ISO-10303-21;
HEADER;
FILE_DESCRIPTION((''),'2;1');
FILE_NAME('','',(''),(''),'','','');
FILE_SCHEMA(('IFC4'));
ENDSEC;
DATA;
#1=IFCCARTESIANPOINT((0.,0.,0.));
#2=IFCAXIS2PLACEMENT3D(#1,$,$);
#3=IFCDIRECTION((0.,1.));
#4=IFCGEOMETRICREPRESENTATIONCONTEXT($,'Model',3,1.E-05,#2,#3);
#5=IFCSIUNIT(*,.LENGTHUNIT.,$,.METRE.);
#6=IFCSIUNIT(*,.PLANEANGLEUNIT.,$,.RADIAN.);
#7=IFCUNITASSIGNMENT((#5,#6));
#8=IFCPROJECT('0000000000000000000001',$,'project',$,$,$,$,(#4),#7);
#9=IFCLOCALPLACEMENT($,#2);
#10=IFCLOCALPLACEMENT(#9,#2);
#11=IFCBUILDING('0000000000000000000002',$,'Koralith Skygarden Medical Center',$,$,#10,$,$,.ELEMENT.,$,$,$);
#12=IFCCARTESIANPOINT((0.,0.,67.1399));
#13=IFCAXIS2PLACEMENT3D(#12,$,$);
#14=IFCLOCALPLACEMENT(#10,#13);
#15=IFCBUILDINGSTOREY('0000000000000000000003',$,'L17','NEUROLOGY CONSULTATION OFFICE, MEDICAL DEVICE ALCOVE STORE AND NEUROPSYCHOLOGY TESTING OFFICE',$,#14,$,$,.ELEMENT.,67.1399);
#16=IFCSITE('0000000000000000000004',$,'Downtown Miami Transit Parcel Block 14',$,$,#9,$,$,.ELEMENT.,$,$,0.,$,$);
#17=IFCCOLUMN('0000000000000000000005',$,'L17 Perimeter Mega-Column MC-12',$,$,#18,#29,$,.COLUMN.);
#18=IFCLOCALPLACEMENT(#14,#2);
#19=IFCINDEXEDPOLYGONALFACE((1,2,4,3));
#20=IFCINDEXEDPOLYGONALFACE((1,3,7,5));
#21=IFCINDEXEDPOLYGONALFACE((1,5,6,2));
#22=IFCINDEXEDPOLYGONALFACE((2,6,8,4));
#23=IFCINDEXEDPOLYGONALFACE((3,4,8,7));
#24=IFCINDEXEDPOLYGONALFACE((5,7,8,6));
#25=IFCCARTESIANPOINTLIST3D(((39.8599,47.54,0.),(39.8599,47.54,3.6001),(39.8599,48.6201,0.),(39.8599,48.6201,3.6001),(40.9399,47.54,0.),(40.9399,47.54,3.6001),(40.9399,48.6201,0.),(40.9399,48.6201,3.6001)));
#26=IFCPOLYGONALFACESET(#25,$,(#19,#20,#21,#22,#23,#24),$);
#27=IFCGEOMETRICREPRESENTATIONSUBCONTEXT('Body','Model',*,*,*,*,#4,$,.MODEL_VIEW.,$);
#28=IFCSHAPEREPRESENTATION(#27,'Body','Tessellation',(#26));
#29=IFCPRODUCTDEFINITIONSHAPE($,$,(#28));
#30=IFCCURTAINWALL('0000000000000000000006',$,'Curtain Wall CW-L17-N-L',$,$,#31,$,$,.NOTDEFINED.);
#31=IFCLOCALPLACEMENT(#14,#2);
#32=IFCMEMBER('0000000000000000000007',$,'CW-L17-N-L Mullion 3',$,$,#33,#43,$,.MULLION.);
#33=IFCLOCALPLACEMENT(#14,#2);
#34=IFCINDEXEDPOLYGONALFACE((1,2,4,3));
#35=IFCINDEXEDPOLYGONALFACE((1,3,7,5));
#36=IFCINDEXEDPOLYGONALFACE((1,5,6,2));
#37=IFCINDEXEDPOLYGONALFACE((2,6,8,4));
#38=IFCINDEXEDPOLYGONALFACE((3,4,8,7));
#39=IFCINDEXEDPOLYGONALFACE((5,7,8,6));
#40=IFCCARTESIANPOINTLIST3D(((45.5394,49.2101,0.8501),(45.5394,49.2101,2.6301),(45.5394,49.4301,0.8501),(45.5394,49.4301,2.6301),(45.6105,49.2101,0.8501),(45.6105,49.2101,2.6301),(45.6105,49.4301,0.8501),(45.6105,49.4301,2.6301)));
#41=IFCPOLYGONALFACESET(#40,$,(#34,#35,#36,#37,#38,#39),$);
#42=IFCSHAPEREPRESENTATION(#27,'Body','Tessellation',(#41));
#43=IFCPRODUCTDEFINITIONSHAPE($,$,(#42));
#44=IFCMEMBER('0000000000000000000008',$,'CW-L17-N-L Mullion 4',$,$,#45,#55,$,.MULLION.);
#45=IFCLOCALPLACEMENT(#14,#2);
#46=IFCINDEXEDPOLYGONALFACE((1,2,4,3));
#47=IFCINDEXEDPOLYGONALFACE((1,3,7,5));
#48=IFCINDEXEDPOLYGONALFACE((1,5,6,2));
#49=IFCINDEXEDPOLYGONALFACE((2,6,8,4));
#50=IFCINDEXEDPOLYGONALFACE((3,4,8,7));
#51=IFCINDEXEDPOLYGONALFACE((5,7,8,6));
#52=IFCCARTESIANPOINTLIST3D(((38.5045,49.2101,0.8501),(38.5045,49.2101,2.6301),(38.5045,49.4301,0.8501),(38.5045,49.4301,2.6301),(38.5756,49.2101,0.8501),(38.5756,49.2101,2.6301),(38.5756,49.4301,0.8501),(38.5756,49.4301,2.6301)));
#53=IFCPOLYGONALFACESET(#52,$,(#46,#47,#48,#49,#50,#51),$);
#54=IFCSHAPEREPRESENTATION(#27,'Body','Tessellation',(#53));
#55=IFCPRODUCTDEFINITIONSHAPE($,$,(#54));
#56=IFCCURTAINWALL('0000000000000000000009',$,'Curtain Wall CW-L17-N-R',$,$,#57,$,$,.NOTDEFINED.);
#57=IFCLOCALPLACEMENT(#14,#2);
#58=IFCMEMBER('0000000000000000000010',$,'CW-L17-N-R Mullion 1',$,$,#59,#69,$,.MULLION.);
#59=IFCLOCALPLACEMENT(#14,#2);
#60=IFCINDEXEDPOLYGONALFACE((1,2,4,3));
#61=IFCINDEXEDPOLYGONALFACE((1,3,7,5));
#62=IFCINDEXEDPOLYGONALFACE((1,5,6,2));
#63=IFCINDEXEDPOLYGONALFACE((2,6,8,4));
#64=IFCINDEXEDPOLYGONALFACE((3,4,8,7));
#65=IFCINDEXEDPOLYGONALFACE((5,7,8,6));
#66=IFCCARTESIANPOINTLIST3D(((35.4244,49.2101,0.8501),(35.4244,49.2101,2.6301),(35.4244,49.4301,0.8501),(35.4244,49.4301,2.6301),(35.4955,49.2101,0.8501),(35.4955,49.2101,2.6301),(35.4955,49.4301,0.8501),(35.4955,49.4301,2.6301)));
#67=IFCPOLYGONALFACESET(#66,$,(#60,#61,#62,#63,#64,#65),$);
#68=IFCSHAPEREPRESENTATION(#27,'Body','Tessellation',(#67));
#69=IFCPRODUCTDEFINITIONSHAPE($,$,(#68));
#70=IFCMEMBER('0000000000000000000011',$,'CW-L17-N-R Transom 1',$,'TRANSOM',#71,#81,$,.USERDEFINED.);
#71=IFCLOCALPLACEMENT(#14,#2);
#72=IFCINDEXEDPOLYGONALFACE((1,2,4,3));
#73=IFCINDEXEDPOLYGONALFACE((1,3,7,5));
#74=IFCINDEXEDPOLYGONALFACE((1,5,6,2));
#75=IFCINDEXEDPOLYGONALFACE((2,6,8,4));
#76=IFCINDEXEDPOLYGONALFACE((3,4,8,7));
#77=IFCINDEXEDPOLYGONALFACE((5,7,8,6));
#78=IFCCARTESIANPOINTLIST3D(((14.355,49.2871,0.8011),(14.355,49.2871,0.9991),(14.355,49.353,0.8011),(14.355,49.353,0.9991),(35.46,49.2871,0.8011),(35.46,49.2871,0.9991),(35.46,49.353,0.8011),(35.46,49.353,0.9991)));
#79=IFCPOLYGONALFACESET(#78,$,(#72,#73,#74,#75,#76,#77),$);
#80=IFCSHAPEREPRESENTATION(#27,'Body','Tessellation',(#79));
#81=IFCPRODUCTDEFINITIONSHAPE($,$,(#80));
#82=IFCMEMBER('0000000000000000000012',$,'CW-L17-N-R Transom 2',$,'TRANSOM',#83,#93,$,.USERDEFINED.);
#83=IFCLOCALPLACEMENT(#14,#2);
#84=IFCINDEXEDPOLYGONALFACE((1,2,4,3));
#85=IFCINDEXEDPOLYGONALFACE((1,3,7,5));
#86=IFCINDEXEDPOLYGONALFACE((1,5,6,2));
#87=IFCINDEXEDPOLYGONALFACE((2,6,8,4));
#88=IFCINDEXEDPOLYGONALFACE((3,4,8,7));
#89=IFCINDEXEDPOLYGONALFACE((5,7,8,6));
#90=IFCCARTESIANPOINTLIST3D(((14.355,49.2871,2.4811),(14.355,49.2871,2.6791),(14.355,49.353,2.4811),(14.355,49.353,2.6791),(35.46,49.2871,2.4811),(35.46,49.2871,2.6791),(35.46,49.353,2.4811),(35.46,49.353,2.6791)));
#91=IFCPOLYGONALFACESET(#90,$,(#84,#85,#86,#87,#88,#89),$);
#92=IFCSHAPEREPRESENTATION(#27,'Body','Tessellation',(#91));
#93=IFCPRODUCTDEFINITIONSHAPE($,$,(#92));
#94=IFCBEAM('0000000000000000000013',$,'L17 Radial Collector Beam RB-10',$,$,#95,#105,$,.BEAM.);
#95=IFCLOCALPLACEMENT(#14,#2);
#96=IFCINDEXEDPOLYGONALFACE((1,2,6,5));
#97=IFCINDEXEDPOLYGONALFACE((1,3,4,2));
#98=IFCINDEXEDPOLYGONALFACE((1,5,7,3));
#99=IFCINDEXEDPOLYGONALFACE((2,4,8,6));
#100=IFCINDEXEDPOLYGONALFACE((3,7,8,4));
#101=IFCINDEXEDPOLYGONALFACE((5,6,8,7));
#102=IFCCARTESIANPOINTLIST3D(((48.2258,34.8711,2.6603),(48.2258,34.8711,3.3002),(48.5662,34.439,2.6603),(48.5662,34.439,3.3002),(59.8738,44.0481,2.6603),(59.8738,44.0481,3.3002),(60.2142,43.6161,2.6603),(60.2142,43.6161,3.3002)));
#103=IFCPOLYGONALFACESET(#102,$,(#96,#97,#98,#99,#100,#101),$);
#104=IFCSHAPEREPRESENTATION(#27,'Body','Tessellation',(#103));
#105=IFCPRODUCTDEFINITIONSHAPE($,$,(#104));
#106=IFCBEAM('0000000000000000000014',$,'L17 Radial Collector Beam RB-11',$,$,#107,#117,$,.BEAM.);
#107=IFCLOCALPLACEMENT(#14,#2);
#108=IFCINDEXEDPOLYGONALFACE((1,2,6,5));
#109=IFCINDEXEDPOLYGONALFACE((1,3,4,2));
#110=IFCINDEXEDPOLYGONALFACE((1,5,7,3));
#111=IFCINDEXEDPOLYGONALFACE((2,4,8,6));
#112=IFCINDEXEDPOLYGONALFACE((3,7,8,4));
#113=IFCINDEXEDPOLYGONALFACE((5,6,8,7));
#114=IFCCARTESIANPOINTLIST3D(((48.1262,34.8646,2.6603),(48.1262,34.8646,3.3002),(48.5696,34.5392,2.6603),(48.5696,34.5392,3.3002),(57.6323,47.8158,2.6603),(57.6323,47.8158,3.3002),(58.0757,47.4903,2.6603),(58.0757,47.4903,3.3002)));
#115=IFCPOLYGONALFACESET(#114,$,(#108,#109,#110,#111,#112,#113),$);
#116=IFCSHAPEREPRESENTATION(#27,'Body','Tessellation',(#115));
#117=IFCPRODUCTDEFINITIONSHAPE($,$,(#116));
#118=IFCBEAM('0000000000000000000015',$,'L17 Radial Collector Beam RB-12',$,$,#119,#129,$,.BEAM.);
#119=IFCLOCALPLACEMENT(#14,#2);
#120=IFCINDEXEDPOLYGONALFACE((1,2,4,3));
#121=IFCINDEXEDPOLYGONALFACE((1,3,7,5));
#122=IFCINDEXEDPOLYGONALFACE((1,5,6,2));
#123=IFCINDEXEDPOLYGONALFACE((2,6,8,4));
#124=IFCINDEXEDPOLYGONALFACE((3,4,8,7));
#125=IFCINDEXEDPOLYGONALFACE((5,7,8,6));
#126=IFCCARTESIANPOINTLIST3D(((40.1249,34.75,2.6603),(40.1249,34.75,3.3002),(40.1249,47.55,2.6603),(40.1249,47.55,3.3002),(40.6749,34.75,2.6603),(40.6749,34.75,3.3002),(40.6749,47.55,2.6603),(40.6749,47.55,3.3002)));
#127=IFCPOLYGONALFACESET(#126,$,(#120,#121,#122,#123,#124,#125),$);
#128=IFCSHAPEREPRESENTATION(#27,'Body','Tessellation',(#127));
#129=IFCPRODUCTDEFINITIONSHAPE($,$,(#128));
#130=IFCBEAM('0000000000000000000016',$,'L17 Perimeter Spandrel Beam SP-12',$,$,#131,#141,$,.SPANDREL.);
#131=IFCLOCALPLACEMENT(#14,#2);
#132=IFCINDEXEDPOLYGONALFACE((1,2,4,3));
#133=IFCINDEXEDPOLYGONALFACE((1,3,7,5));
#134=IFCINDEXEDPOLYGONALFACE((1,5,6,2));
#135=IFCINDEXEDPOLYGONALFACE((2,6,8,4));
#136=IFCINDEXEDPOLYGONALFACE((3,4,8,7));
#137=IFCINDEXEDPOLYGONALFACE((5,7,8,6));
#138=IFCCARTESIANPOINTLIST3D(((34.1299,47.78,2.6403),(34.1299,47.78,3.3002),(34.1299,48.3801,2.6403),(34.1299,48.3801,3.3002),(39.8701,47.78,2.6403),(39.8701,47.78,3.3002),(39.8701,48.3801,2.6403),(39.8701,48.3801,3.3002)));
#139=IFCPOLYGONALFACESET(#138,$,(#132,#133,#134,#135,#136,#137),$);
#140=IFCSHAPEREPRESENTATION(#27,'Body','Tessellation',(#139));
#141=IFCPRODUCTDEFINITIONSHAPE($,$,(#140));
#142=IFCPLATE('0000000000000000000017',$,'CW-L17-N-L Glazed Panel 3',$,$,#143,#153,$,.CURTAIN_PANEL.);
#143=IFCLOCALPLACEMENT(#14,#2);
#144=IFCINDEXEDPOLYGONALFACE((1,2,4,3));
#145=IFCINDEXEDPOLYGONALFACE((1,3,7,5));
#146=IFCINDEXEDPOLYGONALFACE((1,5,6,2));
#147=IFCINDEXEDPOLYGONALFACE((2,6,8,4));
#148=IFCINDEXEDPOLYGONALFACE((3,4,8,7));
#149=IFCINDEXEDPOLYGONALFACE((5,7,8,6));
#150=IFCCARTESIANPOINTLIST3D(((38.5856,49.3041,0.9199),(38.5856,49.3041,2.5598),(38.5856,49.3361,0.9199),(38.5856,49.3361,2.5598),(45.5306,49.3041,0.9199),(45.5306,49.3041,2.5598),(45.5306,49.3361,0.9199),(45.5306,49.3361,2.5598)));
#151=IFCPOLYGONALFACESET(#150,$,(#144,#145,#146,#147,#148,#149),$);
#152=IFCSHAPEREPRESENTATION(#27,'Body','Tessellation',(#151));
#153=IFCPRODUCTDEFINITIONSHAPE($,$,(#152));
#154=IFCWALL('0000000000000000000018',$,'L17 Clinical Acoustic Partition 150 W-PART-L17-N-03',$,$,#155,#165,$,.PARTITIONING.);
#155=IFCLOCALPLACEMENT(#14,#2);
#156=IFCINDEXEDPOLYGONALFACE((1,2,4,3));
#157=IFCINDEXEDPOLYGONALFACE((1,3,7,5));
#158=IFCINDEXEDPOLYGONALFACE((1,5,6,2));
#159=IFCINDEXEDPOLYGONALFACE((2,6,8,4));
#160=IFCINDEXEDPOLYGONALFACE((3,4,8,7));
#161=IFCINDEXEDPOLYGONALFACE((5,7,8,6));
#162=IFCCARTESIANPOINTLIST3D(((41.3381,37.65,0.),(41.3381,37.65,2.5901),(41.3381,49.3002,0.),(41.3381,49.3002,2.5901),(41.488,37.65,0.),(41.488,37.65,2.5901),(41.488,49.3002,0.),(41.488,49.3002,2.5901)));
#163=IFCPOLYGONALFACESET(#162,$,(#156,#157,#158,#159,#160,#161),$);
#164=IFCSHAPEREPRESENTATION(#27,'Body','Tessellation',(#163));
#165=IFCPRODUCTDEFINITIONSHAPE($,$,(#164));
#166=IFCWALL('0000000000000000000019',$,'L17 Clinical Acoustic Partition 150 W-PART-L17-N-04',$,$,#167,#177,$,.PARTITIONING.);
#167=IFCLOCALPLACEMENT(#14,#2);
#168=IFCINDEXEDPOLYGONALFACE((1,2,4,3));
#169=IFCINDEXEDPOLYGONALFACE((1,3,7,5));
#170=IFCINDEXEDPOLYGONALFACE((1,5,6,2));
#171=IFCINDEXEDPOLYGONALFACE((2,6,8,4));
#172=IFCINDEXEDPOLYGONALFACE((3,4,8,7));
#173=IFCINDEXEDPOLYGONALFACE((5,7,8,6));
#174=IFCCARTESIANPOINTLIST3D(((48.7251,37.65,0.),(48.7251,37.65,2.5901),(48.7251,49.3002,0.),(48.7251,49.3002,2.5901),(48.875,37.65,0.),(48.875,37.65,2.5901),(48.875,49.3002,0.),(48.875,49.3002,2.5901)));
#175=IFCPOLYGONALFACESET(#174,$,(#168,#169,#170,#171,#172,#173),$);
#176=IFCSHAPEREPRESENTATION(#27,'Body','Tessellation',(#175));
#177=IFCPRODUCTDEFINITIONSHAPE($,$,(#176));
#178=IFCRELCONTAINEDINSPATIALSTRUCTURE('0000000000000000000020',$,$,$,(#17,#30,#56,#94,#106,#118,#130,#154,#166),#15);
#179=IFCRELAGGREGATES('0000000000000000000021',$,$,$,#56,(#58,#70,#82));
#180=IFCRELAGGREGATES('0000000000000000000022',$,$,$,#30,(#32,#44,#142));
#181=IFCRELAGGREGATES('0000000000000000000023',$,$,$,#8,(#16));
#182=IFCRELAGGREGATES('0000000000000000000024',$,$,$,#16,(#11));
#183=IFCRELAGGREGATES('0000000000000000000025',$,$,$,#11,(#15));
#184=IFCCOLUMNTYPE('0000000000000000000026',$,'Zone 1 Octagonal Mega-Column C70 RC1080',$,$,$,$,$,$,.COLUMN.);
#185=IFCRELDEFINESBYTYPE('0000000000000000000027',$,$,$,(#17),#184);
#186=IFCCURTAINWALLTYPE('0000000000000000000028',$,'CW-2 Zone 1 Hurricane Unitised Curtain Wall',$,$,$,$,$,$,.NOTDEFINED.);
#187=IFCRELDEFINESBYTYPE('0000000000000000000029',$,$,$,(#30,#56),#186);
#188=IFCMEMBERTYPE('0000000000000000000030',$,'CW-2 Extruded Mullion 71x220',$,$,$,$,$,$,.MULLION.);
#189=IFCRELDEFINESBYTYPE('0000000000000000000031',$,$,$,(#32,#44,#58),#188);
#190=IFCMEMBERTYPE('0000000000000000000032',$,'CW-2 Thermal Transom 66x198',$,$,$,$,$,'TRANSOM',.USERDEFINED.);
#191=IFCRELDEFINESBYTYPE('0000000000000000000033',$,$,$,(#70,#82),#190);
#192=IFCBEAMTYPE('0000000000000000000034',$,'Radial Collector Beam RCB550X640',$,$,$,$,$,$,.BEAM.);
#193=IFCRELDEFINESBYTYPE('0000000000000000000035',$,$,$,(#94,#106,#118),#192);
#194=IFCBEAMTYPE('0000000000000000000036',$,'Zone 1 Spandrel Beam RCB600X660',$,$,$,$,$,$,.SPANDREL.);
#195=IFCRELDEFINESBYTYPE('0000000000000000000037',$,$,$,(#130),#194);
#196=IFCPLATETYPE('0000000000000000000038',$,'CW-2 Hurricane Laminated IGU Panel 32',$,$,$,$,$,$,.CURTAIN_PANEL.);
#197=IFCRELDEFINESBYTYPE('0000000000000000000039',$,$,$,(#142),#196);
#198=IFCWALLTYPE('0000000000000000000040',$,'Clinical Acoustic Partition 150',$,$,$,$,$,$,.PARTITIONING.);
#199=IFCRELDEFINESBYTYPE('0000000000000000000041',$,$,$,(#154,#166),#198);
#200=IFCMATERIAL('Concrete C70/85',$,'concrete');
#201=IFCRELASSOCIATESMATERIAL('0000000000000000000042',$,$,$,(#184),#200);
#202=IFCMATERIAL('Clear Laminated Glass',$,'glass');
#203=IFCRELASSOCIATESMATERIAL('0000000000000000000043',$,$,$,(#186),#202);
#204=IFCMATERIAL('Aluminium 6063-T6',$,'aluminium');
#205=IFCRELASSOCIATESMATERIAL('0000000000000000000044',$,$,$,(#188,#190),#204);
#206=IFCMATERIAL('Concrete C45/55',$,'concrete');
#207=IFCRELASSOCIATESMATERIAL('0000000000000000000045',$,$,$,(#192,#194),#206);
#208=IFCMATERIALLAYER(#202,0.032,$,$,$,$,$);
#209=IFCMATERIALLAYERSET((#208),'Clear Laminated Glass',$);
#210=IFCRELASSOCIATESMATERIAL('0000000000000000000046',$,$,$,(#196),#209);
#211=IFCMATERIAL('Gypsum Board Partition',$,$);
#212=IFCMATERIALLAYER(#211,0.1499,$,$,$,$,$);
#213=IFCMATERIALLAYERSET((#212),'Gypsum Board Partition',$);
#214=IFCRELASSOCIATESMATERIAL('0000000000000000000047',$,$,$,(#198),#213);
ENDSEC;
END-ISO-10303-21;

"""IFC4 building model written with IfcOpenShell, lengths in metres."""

from ifc_helpers import new_model, si_unit, direction, frame, frame_2d, origin, origin_2d, place, context, subcontext, project, spatial, rectangle, extrude, material, layer, layer_set, material_profile, profile_set, type_object, element, aggregate, save


model = new_model("IFC4")

# Units and contexts
model_context = context("Model", 3, precision=1e-05, world=origin(), true_north=direction((0.0, 1.0)))
body_context = subcontext(model_context, "Body", "Model", "MODEL_VIEW")
ifc_project = project(units=[si_unit("LENGTHUNIT", "METRE"), si_unit("PLANEANGLEUNIT", "RADIAN")], contexts=[model_context])

# Site, building, storey
site_placement = place(None, origin())
site = spatial("IfcSite", under=ifc_project, at=site_placement, Name="Downtown Miami Transit Parcel Block 14", CompositionType="ELEMENT", RefElevation=0.0)
building_placement = place(site_placement, origin())
building = spatial("IfcBuilding", under=site, at=building_placement, Name="Koralith Skygarden Medical Center", CompositionType="ELEMENT")
storey_placement = place(building_placement, frame((0.0, 0.0, 67.1399)))
storey = spatial("IfcBuildingStorey", under=building, at=storey_placement, Name="L17", Description="NEUROLOGY CONSULTATION OFFICE, MEDICAL DEVICE ALCOVE STORE AND NEUROPSYCHOLOGY TESTING OFFICE", CompositionType="ELEMENT", Elevation=67.1399)

# Column
ifc_material_1 = material(Name="Concrete C70/85", Category="concrete")
ifc_material_profile_1 = material_profile(ifc_material_1, rectangle(XDim=1.0801, YDim=1.0801, at=origin_2d()), Name="RC1080X1080")
ifc_profile_set_1 = profile_set([ifc_material_profile_1], Name="Concrete C70/85")
column_type = type_object("IfcColumnType", Name="Zone 1 Octagonal Mega-Column C70 RC1080", PredefinedType="COLUMN", material=ifc_profile_set_1)
column_placement = place(storey_placement, frame((40.3999, 48.0801, 0.0), z_axis=(0.0, 0.0, 1.0), x_axis=(1.0, 0.0, 0.0)))
element("IfcColumn", 1, at=column_placement, inside=storey, type_object=column_type, Name="L17 Perimeter Mega-Column MC-12", PredefinedType="COLUMN", context=body_context, shape_type="SweptSolid", body=[
    extrude(rectangle(XDim=1.0801, YDim=1.0801, at=origin_2d()), origin(), (0.0, 0.0, 1.0), 3.6001),
])

# Curtain walls, members
ifc_material_2 = material(Name="Clear Laminated Glass", Category="glass")
curtain_wall_type = type_object("IfcCurtainWallType", Name="CW-2 Zone 1 Hurricane Unitised Curtain Wall", PredefinedType="NOTDEFINED", material=ifc_material_2)
curtain_wall_1_placement = place(storey_placement, origin())
curtain_wall_1 = element("IfcCurtainWall", 2, at=curtain_wall_1_placement, inside=storey, type_object=curtain_wall_type, Name="Curtain Wall CW-L17-N-L", PredefinedType="NOTDEFINED")
ifc_material_3 = material(Name="Aluminium 6063-T6", Category="aluminium")
ifc_material_profile_2 = material_profile(ifc_material_3, rectangle(XDim=0.071, YDim=0.22, at=origin_2d()), Name="MUL71X220")
ifc_profile_set_2 = profile_set([ifc_material_profile_2], Name="Aluminium 6063-T6")
member_type_1 = type_object("IfcMemberType", Name="CW-2 Extruded Mullion 71x220", PredefinedType="MULLION", material=ifc_profile_set_2)
member_1_placement = place(storey_placement, frame((45.575, 49.3201, 0.8501), z_axis=(0.0, 0.0, 1.0), x_axis=(1.0, 0.0, 0.0)))
member_1 = element("IfcMember", 3, at=member_1_placement, type_object=member_type_1, Name="CW-L17-N-L Mullion 3", PredefinedType="MULLION", context=body_context, shape_type="SweptSolid", body=[
    extrude(rectangle(XDim=0.071, YDim=0.22, at=origin_2d()), origin(), (0.0, 0.0, 1.0), 1.78),
])
member_2_placement = place(storey_placement, frame((38.54, 49.3201, 0.8501), z_axis=(0.0, 0.0, 1.0), x_axis=(1.0, 0.0, 0.0)))
member_2 = element("IfcMember", 4, at=member_2_placement, type_object=member_type_1, Name="CW-L17-N-L Mullion 4", PredefinedType="MULLION", context=body_context, shape_type="SweptSolid", body=[
    extrude(rectangle(XDim=0.071, YDim=0.22, at=origin_2d()), origin(), (0.0, 0.0, 1.0), 1.78),
])
curtain_wall_2_placement = place(storey_placement, origin())
curtain_wall_2 = element("IfcCurtainWall", 5, at=curtain_wall_2_placement, inside=storey, type_object=curtain_wall_type, Name="Curtain Wall CW-L17-N-R", PredefinedType="NOTDEFINED")
member_3_placement = place(storey_placement, frame((35.46, 49.3201, 0.8501), z_axis=(0.0, 0.0, 1.0), x_axis=(1.0, 0.0, 0.0)))
member_3 = element("IfcMember", 6, at=member_3_placement, type_object=member_type_1, Name="CW-L17-N-R Mullion 1", PredefinedType="MULLION", context=body_context, shape_type="SweptSolid", body=[
    extrude(rectangle(XDim=0.071, YDim=0.22, at=origin_2d()), origin(), (0.0, 0.0, 1.0), 1.78),
])
ifc_material_profile_3 = material_profile(ifc_material_3, rectangle(XDim=0.0659, YDim=0.198, at=origin_2d()), Name="TRN66X198")
ifc_profile_set_3 = profile_set([ifc_material_profile_3], Name="Aluminium 6063-T6")
member_type_2 = type_object("IfcMemberType", Name="CW-2 Thermal Transom 66x198", ElementType="TRANSOM", PredefinedType="USERDEFINED", material=ifc_profile_set_3)
member_4_placement = place(storey_placement, frame((35.46, 49.3201, 0.9001), z_axis=(-1.0, 0.0, 0.0), x_axis=(0.0, -1.0, 0.0)))
member_4 = element("IfcMember", 7, at=member_4_placement, type_object=member_type_2, Name="CW-L17-N-R Transom 1", ObjectType="TRANSOM", PredefinedType="USERDEFINED", context=body_context, shape_type="SweptSolid", body=[
    extrude(rectangle(XDim=0.0659, YDim=0.198, at=origin_2d()), origin(), (0.0, 0.0, 1.0), 21.105),
])
member_5_placement = place(storey_placement, frame((35.46, 49.3201, 2.5801), z_axis=(-1.0, 0.0, 0.0), x_axis=(0.0, -1.0, 0.0)))
member_5 = element("IfcMember", 8, at=member_5_placement, type_object=member_type_2, Name="CW-L17-N-R Transom 2", ObjectType="TRANSOM", PredefinedType="USERDEFINED", context=body_context, shape_type="SweptSolid", body=[
    extrude(rectangle(XDim=0.0659, YDim=0.198, at=origin_2d()), origin(), (0.0, 0.0, 1.0), 21.105),
])
aggregate(curtain_wall_2, [member_3, member_4, member_5])

# Beams
ifc_material_4 = material(Name="Concrete C45/55", Category="concrete")
ifc_material_profile_4 = material_profile(ifc_material_4, rectangle(XDim=0.55, YDim=0.6399, at=origin_2d()), Name="RCB550X640")
ifc_profile_set_4 = profile_set([ifc_material_profile_4], Name="Concrete C45/55")
beam_type_1 = type_object("IfcBeamType", Name="Radial Collector Beam RCB550X640", PredefinedType="BEAM", material=ifc_profile_set_4)
beam_1_placement = place(storey_placement, frame((48.396, 34.655, 2.9802), z_axis=(0.785497, 0.618865, 0.0), x_axis=(-0.618865, 0.785497, 0.0)))
element("IfcBeam", 9, at=beam_1_placement, inside=storey, type_object=beam_type_1, Name="L17 Radial Collector Beam RB-10", PredefinedType="BEAM", context=body_context, shape_type="SweptSolid", body=[
    extrude(rectangle(XDim=0.55, YDim=0.6399, at=origin_2d()), origin(), (0.0, 0.0, 1.0), 14.8289),
])
beam_2_placement = place(storey_placement, frame((48.3479, 34.7019, 2.9802), z_axis=(0.591711, 0.80615, 0.0), x_axis=(-0.80615, 0.591711, 0.0)))
element("IfcBeam", 10, at=beam_2_placement, inside=storey, type_object=beam_type_1, Name="L17 Radial Collector Beam RB-11", PredefinedType="BEAM", context=body_context, shape_type="SweptSolid", body=[
    extrude(rectangle(XDim=0.55, YDim=0.6399, at=origin_2d()), origin(), (0.0, 0.0, 1.0), 16.0654),
])
beam_3_placement = place(storey_placement, frame((40.3999, 34.75, 2.9802), z_axis=(0.0, 1.0, 0.0), x_axis=(-1.0, 0.0, 0.0)))
element("IfcBeam", 11, at=beam_3_placement, inside=storey, type_object=beam_type_1, Name="L17 Radial Collector Beam RB-12", PredefinedType="BEAM", context=body_context, shape_type="SweptSolid", body=[
    extrude(rectangle(XDim=0.55, YDim=0.6399, at=origin_2d()), origin(), (0.0, 0.0, 1.0), 12.8),
])
ifc_material_profile_5 = material_profile(ifc_material_4, rectangle(XDim=0.6001, YDim=0.6599, at=origin_2d()), Name="RCB600X660")
ifc_profile_set_5 = profile_set([ifc_material_profile_5], Name="Concrete C45/55")
beam_type_2 = type_object("IfcBeamType", Name="Zone 1 Spandrel Beam RCB600X660", PredefinedType="SPANDREL", material=ifc_profile_set_5)
beam_4_placement = place(storey_placement, frame((39.8701, 48.0801, 2.9702), z_axis=(-1.0, 0.0, 0.0), x_axis=(0.0, -1.0, 0.0)))
element("IfcBeam", 12, at=beam_4_placement, inside=storey, type_object=beam_type_2, Name="L17 Perimeter Spandrel Beam SP-12", PredefinedType="SPANDREL", context=body_context, shape_type="SweptSolid", body=[
    extrude(rectangle(XDim=0.6001, YDim=0.6599, at=origin_2d()), origin(), (0.0, 0.0, 1.0), 5.7402),
])

# Plate
ifc_layer_1 = layer(ifc_material_2, 0.032)
ifc_layer_set_1 = layer_set([ifc_layer_1], Name="Clear Laminated Glass")
plate_type = type_object("IfcPlateType", Name="CW-2 Hurricane Laminated IGU Panel 32", PredefinedType="CURTAIN_PANEL", material=ifc_layer_set_1)
plate_placement = place(storey_placement, frame((42.0581, 49.3201, 0.9199), z_axis=(0.0, 0.0, 1.0), x_axis=(-1.0, 0.0, 0.0)))
plate = element("IfcPlate", 13, at=plate_placement, type_object=plate_type, Name="CW-L17-N-L Glazed Panel 3", PredefinedType="CURTAIN_PANEL", context=body_context, shape_type="SweptSolid", body=[
    extrude(rectangle(XDim=6.9451, YDim=0.032, at=origin_2d()), origin(), (0.0, 0.0, 1.0), 1.6399),
])
aggregate(curtain_wall_1, [member_1, member_2, plate])

# Walls
ifc_material_5 = material(Name="Gypsum Board Partition")
ifc_layer_2 = layer(ifc_material_5, 0.1499)
ifc_layer_set_2 = layer_set([ifc_layer_2], Name="Gypsum Board Partition")
wall_type_1 = type_object("IfcWallType", Name="Clinical Acoustic Partition 150", PredefinedType="PARTITIONING", material=ifc_layer_set_2)
for number, where, z_axis, x_axis, name in (
    (14, (41.4131, 37.6499, 0.0), (0.0, 0.0, 1.0), (0.0, 1.0, 0.0), "L17 Clinical Acoustic Partition 150 W-PART-L17-N-03"),
    (15, (48.8, 37.6499, 0.0), (0.0, 0.0, 1.0), (0.0, 1.0, 0.0), "L17 Clinical Acoustic Partition 150 W-PART-L17-N-04"),
):
    element("IfcWall", number, at=place(storey_placement, frame(where, z_axis=z_axis, x_axis=x_axis)), inside=storey, type_object=wall_type_1, Name=name, PredefinedType="PARTITIONING", context=body_context, shape_type="SweptSolid", body=[
        extrude(rectangle(XDim=11.6501, YDim=0.1499, at=frame_2d((5.8252, 0.0))), origin(), (0.0, 0.0, 1.0), 2.5901),
    ])

save(model, "model.ifc")
